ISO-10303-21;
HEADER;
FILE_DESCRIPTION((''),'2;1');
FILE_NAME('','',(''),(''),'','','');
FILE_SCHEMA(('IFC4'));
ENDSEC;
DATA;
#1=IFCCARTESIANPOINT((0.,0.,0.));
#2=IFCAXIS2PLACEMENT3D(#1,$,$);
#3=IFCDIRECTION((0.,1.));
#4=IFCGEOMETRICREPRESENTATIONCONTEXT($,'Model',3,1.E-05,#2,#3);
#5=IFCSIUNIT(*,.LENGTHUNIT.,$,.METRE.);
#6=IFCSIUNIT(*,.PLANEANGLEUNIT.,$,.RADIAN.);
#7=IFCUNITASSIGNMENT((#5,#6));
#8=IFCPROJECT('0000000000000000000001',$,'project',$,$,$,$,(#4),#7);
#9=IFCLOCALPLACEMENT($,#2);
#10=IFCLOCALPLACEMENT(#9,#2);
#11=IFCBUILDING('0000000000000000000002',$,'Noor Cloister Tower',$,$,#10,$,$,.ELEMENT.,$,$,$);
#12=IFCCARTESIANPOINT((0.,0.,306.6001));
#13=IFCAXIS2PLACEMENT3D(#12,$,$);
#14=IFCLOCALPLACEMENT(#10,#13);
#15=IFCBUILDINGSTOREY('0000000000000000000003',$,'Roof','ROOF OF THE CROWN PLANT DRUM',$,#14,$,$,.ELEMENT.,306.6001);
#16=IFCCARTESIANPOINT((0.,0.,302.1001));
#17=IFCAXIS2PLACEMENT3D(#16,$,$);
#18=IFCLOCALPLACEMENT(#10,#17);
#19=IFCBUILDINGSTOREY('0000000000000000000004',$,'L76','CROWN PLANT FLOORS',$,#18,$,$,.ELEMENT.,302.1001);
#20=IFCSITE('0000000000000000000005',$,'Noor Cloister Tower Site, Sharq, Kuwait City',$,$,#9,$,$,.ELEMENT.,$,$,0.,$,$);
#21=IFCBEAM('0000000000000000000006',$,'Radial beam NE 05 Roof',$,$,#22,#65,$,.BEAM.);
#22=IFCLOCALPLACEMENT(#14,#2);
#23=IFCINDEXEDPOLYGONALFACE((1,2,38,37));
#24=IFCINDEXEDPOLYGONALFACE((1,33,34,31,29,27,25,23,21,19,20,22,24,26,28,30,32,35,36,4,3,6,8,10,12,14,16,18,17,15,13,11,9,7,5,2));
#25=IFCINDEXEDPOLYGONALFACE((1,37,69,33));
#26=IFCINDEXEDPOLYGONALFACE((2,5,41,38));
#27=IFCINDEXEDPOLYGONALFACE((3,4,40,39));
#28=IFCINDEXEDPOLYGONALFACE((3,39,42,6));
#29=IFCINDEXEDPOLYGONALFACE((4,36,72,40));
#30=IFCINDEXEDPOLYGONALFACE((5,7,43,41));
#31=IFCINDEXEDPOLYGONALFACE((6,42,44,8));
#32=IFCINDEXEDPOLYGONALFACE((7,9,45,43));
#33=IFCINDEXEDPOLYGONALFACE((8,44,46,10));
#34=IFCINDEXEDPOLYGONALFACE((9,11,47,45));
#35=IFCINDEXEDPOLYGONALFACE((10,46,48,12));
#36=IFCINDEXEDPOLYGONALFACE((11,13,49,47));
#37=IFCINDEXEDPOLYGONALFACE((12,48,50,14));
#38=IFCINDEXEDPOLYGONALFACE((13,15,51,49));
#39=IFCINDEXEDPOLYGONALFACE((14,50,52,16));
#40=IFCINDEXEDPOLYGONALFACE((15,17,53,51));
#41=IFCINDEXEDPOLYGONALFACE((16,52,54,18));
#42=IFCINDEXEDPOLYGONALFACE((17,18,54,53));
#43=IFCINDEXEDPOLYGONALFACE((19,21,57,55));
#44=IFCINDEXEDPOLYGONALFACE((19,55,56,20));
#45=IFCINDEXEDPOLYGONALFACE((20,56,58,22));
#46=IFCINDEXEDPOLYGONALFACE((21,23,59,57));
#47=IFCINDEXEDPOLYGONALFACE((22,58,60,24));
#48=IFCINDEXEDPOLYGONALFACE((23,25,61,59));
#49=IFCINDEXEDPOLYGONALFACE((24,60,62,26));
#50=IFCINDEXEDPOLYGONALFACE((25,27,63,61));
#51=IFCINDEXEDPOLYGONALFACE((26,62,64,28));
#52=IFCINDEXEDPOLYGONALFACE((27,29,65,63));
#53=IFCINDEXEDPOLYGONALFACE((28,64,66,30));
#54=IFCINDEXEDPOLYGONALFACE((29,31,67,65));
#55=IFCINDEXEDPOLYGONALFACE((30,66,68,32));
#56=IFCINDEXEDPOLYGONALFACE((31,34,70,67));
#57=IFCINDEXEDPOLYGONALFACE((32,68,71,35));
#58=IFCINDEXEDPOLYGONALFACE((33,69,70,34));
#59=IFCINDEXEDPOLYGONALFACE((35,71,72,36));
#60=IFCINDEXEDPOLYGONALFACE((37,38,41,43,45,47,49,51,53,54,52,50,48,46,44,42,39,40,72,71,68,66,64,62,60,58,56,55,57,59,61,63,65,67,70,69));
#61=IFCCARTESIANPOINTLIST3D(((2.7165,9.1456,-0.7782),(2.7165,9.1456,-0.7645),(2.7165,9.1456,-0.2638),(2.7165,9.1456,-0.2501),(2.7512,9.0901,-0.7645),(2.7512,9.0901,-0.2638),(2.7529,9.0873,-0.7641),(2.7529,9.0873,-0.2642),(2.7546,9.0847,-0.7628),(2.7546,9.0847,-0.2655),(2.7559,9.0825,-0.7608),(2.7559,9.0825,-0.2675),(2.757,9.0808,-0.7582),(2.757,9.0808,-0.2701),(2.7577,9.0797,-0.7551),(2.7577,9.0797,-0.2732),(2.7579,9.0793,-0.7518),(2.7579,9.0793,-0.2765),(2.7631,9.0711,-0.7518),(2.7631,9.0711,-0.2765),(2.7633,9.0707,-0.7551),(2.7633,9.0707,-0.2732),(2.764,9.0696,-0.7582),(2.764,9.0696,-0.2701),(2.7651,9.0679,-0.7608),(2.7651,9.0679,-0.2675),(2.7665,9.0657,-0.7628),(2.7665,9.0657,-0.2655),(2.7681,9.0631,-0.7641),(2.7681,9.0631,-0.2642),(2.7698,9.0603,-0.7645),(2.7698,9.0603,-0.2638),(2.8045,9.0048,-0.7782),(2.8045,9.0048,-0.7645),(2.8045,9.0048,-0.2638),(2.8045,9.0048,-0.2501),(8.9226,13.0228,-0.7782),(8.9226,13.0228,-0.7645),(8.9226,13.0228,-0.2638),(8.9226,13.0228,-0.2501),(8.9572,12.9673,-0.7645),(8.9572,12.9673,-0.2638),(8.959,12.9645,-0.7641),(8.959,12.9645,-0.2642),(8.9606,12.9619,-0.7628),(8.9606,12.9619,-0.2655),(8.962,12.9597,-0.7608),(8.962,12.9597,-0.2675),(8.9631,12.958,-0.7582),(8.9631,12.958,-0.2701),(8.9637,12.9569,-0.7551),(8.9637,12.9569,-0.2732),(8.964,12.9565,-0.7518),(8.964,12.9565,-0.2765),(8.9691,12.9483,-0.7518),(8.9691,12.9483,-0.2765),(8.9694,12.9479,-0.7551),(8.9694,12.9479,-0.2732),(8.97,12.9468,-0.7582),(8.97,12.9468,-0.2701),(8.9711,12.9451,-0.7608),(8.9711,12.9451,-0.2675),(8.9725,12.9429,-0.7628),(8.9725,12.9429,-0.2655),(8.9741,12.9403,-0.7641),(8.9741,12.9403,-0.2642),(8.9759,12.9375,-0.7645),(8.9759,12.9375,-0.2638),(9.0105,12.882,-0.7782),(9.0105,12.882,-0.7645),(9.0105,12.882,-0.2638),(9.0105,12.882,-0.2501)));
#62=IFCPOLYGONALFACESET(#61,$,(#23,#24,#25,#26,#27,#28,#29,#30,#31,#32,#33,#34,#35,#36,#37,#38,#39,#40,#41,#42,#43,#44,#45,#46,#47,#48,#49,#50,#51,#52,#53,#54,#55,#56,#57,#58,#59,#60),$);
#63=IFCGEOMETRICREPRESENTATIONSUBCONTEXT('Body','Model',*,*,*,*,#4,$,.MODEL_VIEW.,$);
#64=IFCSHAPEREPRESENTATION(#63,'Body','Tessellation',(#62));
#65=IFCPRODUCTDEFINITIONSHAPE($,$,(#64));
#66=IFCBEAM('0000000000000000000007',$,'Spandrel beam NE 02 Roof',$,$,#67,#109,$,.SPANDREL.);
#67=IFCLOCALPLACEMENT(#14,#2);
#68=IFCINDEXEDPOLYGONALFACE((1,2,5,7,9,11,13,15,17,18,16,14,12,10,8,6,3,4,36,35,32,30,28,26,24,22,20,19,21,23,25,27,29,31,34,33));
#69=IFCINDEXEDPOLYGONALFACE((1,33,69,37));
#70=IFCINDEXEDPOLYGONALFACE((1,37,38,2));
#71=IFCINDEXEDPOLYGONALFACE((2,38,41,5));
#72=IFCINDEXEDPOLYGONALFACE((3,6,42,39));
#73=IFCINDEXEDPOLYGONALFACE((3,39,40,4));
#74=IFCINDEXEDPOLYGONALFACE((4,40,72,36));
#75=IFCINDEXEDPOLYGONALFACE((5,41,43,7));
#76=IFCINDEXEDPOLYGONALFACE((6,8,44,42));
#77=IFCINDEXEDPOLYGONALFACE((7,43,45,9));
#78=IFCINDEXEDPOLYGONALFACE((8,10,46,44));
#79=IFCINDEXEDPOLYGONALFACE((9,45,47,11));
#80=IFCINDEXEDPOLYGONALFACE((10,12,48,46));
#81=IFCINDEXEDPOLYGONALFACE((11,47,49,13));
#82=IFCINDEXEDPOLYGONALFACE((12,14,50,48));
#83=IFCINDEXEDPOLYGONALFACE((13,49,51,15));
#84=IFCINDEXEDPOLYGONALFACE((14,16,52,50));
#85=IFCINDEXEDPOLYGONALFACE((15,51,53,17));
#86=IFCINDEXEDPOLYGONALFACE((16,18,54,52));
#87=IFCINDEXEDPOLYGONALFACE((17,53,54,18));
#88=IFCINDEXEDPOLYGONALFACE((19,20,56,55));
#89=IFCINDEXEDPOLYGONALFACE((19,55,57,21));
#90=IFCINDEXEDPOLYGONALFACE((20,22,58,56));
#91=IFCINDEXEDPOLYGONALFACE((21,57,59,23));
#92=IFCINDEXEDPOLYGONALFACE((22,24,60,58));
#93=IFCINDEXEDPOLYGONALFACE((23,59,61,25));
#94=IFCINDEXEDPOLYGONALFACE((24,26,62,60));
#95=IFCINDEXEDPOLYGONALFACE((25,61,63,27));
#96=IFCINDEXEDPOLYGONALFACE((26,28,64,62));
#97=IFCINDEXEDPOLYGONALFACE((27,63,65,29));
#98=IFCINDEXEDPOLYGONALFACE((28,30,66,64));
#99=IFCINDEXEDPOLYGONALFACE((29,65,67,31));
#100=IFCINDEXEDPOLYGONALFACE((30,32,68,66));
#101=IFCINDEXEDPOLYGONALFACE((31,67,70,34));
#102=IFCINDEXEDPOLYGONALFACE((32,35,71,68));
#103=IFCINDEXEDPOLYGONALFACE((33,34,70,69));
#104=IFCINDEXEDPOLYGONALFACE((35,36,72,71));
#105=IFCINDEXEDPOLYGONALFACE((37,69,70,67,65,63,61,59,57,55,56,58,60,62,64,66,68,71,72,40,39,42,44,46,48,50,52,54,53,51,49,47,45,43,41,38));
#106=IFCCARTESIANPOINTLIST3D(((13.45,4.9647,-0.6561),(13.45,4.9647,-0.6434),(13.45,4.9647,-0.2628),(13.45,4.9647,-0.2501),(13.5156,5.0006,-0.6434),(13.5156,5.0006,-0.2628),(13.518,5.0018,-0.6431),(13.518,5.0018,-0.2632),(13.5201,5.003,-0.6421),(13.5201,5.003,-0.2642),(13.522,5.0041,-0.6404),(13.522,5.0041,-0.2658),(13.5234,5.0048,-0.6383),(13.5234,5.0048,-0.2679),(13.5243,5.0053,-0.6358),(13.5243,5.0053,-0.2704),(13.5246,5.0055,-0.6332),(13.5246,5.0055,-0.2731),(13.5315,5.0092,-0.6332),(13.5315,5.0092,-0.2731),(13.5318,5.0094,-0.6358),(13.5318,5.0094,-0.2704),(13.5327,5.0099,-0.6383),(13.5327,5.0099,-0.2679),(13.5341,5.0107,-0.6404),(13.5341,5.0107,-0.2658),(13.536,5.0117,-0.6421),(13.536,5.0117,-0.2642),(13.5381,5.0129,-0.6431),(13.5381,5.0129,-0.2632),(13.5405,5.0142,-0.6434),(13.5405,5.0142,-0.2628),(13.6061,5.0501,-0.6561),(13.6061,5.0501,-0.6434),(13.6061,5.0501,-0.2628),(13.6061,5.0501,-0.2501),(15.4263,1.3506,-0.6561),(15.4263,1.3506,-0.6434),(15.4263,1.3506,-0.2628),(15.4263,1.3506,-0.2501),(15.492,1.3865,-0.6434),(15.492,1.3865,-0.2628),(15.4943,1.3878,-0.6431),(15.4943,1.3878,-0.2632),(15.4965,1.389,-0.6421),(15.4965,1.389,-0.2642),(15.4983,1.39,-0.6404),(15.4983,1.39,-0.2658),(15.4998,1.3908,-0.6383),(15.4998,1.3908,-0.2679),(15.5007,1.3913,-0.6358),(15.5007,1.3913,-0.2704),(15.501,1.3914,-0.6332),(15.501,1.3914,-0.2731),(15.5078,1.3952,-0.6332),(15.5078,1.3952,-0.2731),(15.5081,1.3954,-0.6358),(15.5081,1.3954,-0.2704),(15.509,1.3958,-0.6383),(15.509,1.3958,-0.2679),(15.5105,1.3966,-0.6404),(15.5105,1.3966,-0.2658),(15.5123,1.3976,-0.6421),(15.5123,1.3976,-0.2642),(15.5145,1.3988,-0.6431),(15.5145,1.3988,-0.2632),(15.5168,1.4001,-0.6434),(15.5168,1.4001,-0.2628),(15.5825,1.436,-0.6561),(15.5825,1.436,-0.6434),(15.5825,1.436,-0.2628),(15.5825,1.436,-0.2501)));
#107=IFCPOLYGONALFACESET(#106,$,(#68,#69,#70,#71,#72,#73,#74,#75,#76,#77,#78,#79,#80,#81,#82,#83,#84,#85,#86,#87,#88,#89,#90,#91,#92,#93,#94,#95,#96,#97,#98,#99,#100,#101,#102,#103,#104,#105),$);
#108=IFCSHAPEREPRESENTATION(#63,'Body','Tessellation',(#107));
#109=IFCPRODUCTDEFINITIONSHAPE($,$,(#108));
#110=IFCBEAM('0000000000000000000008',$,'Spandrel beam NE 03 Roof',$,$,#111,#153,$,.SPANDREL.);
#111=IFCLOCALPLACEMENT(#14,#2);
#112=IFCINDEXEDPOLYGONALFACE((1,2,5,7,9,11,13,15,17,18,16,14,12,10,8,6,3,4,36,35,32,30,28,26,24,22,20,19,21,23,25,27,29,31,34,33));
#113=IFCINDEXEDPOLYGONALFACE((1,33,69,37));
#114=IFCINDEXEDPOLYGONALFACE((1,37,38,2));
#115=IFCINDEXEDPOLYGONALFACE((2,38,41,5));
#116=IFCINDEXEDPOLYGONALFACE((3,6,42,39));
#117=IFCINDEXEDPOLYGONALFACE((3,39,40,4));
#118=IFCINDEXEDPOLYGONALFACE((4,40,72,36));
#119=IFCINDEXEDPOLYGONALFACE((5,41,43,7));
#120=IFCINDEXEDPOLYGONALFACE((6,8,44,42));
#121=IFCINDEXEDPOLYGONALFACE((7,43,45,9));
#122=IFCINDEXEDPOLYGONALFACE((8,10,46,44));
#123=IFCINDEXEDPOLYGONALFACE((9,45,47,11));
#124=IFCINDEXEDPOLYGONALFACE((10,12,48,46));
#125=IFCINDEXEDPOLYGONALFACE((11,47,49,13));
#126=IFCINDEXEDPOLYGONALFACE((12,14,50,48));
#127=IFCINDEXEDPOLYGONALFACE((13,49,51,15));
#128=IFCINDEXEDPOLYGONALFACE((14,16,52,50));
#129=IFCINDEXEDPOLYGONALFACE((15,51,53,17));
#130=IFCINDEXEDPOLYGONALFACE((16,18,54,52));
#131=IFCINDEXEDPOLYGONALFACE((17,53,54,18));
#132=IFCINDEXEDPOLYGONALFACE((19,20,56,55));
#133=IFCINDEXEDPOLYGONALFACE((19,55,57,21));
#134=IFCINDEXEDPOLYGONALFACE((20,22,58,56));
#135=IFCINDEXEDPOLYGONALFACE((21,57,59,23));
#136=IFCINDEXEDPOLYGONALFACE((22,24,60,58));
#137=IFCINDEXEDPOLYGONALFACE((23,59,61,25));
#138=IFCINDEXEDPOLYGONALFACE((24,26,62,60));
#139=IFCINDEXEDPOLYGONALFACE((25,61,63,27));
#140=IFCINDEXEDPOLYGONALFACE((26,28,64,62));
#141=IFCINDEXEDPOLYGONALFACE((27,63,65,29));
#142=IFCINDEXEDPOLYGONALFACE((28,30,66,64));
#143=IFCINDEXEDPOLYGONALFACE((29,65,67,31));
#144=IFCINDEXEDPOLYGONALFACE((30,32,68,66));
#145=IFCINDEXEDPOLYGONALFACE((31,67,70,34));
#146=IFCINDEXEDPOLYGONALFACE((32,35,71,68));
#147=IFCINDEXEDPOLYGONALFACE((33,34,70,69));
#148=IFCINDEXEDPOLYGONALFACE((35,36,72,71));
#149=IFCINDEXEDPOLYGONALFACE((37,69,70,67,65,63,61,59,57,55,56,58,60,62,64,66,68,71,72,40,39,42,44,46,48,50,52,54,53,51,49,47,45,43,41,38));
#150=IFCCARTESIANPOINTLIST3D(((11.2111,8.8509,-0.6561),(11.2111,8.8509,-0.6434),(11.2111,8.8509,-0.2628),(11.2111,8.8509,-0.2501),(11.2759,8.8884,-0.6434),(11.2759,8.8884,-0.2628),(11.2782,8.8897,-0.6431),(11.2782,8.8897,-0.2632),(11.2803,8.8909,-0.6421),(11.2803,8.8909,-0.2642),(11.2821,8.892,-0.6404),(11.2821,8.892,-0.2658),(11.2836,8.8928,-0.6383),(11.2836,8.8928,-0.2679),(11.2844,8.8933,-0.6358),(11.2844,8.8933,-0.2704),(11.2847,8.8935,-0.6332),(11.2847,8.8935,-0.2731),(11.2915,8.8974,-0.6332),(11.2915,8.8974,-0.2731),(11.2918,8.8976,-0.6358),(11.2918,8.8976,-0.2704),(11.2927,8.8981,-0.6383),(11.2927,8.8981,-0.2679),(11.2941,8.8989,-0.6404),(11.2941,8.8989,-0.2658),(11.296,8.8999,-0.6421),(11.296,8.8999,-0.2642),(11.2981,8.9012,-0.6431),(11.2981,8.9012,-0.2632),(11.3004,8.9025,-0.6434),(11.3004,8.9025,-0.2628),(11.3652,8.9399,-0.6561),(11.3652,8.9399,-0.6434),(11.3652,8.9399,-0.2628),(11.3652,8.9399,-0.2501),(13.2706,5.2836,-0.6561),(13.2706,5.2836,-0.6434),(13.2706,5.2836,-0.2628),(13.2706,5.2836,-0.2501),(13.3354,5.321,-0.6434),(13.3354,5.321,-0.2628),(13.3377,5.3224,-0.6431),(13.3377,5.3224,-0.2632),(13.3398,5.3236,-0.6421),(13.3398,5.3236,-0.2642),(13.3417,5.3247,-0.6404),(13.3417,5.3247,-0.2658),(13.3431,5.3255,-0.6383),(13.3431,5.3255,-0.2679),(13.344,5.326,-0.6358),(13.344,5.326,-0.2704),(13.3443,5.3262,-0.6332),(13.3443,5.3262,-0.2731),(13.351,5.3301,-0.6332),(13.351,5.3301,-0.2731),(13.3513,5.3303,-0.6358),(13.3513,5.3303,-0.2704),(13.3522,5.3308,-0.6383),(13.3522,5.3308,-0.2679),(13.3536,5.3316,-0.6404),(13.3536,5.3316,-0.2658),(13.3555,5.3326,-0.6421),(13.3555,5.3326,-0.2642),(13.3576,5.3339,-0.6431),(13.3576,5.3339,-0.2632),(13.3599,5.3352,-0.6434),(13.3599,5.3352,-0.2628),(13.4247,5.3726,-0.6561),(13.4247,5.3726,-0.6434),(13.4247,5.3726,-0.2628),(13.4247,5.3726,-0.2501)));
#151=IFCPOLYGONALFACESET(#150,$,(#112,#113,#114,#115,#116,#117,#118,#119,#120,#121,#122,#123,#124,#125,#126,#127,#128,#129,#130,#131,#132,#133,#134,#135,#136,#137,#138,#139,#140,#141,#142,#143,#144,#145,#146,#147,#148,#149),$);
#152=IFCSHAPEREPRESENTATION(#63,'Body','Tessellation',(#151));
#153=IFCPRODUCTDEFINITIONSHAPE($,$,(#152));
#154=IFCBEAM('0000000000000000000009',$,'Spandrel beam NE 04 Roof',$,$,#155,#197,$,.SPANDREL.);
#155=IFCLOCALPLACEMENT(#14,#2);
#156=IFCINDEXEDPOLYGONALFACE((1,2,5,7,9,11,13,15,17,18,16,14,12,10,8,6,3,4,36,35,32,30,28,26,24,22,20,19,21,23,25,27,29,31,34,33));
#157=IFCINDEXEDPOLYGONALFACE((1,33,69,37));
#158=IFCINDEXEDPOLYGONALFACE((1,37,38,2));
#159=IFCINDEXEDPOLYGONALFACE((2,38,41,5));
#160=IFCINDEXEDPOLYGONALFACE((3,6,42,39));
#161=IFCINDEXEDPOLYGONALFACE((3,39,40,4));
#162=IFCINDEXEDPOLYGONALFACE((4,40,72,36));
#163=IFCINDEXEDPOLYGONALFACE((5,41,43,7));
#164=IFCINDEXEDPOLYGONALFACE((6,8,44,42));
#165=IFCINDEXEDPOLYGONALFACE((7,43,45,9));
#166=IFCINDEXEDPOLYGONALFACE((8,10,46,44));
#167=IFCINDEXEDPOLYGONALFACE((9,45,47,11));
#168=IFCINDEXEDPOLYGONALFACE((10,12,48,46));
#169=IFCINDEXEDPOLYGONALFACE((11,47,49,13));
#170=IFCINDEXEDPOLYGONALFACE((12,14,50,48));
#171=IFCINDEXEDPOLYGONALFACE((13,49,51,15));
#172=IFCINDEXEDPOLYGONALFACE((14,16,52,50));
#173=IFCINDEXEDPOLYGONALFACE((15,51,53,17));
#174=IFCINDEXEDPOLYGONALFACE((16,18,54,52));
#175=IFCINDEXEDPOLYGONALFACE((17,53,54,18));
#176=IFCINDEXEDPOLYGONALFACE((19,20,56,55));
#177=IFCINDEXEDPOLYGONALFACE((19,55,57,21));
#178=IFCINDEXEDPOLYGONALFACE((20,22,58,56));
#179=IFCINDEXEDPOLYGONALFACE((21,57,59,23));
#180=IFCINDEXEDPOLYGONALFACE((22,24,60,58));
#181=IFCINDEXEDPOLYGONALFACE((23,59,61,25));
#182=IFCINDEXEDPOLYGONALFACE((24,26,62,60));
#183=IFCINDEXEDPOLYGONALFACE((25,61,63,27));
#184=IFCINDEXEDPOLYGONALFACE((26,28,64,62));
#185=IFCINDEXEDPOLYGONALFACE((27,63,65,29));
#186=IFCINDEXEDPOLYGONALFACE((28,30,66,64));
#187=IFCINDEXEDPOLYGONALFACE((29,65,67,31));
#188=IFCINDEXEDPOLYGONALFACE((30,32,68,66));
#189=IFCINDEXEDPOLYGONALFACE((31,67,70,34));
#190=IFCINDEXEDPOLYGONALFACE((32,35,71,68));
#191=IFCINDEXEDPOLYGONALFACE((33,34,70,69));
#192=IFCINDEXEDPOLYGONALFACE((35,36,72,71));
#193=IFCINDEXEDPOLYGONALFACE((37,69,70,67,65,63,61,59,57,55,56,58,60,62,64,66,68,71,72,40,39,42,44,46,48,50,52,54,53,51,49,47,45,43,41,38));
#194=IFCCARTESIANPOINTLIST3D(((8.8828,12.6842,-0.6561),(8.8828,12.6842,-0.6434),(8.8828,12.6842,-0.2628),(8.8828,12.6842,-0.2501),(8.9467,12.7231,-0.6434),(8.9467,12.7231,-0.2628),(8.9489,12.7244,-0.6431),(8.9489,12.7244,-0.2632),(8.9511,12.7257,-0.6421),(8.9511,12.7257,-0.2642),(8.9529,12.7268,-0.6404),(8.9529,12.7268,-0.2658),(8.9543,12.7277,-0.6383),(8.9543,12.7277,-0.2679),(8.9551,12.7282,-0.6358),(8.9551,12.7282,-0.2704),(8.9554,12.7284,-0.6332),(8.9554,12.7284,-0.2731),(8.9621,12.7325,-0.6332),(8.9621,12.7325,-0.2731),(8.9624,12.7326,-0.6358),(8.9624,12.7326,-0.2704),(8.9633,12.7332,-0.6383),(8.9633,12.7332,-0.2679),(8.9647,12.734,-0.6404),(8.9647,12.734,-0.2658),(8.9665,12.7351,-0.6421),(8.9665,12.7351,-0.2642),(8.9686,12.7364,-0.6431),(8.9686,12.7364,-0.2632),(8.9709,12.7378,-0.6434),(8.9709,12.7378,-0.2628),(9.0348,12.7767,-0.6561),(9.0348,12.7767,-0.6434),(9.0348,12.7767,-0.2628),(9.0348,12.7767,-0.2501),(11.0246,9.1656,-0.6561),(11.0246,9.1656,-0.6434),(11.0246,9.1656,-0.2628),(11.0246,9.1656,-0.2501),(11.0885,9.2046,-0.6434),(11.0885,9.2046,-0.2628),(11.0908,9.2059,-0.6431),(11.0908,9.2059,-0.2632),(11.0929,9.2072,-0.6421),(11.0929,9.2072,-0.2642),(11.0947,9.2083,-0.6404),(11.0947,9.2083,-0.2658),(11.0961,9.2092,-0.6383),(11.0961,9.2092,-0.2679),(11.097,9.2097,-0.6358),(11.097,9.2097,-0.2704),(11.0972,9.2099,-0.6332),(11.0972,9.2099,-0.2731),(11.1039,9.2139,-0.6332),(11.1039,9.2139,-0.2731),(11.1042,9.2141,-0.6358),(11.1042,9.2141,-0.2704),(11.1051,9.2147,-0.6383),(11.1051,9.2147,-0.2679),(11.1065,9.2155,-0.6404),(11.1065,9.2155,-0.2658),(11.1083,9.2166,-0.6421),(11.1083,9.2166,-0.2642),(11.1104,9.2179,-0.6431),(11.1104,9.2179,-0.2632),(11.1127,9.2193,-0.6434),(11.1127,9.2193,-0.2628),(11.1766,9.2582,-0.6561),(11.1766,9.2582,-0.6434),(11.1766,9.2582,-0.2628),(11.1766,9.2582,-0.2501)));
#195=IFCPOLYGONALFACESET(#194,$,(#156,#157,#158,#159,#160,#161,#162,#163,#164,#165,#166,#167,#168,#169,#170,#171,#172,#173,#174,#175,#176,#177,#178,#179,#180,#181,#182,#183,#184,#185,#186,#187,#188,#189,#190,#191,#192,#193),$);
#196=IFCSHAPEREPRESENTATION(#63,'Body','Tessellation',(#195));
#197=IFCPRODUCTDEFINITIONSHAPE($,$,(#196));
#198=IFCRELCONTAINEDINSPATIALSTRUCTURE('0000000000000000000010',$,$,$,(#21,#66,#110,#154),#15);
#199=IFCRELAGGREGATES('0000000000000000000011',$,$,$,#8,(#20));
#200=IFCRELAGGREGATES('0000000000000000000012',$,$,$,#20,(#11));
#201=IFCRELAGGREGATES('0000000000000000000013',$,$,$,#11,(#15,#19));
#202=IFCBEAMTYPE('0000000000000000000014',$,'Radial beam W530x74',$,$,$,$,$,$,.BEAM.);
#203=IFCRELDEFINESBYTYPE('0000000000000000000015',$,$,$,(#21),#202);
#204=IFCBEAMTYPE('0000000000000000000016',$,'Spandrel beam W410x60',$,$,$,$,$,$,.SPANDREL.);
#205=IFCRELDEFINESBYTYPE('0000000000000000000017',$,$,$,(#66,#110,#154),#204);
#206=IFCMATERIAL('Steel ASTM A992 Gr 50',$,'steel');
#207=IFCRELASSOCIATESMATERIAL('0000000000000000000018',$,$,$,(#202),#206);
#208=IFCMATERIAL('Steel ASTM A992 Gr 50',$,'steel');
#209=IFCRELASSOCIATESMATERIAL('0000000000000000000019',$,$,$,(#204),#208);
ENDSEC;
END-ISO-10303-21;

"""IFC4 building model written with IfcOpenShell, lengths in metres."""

from ifc_helpers import new_model, si_unit, direction, frame, origin, origin_2d, place, context, subcontext, project, spatial, i_section, extrude, material, material_profile, profile_set, type_object, element, save


model = new_model("IFC4")

# Units and contexts
model_context = context("Model", 3, precision=1e-05, world=origin(), true_north=direction((0.0, 1.0)))
body_context = subcontext(model_context, "Body", "Model", "MODEL_VIEW")
ifc_project = project(units=[si_unit("LENGTHUNIT", "METRE"), si_unit("PLANEANGLEUNIT", "RADIAN")], contexts=[model_context])

# Site, building, storey
site_placement = place(None, origin())
site = spatial("IfcSite", under=ifc_project, at=site_placement, Name="Noor Cloister Tower Site, Sharq, Kuwait City", CompositionType="ELEMENT", RefElevation=0.0)
building_placement = place(site_placement, origin())
building = spatial("IfcBuilding", under=site, at=building_placement, Name="Noor Cloister Tower", CompositionType="ELEMENT")
storey_1_placement = place(building_placement, frame((0.0, 0.0, 306.6001)))
storey_1 = spatial("IfcBuildingStorey", under=building, at=storey_1_placement, Name="Roof", Description="ROOF OF THE CROWN PLANT DRUM", CompositionType="ELEMENT", Elevation=306.6001)

# Beams
ifc_material_1 = material(Name="Steel ASTM A992 Gr 50", Category="steel")
ifc_material_profile_1 = material_profile(ifc_material_1, i_section(OverallWidth=0.166, OverallDepth=0.5281, WebThickness=0.0098, FlangeThickness=0.0137, FilletRadius=0.0127, at=origin_2d()), Name="W530x74")
ifc_profile_set_1 = profile_set([ifc_material_profile_1], Name="Steel ASTM A992 Gr 50")
beam_type_1 = type_object("IfcBeamType", Name="Radial beam W530x74", PredefinedType="BEAM", material=ifc_profile_set_1)
beam_1_placement = place(storey_1_placement, frame((8.9666, 12.9524, -0.5142), z_axis=(-0.848096, -0.529843, 0.0), x_axis=(0.529843, -0.848096, 0.0)))
element("IfcBeam", 1, at=beam_1_placement, inside=storey_1, type_object=beam_type_1, Name="Radial beam NE 05 Roof", PredefinedType="BEAM", context=body_context, shape_type="SweptSolid", body=[
    extrude(i_section(OverallWidth=0.166, OverallDepth=0.5281, WebThickness=0.0098, FlangeThickness=0.0137, FilletRadius=0.0127, at=origin_2d()), origin(), (0.0, 0.0, 1.0), 7.3176),
])
ifc_material_2 = material(Name="Steel ASTM A992 Gr 50", Category="steel")
ifc_material_profile_2 = material_profile(ifc_material_2, i_section(OverallWidth=0.178, OverallDepth=0.406, WebThickness=0.0078, FlangeThickness=0.0127, FilletRadius=0.0103, at=origin_2d()), Name="W410x60")
ifc_profile_set_2 = profile_set([ifc_material_profile_2], Name="Steel ASTM A992 Gr 50")
beam_type_2 = type_object("IfcBeamType", Name="Spandrel beam W410x60", PredefinedType="SPANDREL", material=ifc_profile_set_2)
for number, where, z_axis, x_axis, name in (
    (2, (15.5044, 1.3933, -0.4531), (-0.479795, 0.877381, 0.0), (-0.877381, -0.479795, 0.0), "Spandrel beam NE 02 Roof"),
    (3, (13.3477, 5.3281, -0.4531), (-0.499989, 0.866032, 0.0), (-0.866032, -0.499989, 0.0), "Spandrel beam NE 03 Roof"),
    (4, (11.1006, 9.2119, -0.4531), (-0.519968, 0.854186, 0.0), (-0.854186, -0.519968, 0.0), "Spandrel beam NE 04 Roof"),
):
    element("IfcBeam", number, at=place(storey_1_placement, frame(where, z_axis=z_axis, x_axis=x_axis)), inside=storey_1, type_object=beam_type_2, Name=name, PredefinedType="SPANDREL", context=body_context, shape_type="SweptSolid", body=[
        extrude(i_section(OverallWidth=0.178, OverallDepth=0.406, WebThickness=0.0078, FlangeThickness=0.0127, FilletRadius=0.0103, at=origin_2d()), origin(), (0.0, 0.0, 1.0), 4.1191),
    ])

# Shared definitions
storey_2_placement = place(building_placement, frame((0.0, 0.0, 302.1001)))
storey_2 = spatial("IfcBuildingStorey", under=building, at=storey_2_placement, Name="L76", Description="CROWN PLANT FLOORS", CompositionType="ELEMENT", Elevation=302.1001)

save(model, "model.ifc")
